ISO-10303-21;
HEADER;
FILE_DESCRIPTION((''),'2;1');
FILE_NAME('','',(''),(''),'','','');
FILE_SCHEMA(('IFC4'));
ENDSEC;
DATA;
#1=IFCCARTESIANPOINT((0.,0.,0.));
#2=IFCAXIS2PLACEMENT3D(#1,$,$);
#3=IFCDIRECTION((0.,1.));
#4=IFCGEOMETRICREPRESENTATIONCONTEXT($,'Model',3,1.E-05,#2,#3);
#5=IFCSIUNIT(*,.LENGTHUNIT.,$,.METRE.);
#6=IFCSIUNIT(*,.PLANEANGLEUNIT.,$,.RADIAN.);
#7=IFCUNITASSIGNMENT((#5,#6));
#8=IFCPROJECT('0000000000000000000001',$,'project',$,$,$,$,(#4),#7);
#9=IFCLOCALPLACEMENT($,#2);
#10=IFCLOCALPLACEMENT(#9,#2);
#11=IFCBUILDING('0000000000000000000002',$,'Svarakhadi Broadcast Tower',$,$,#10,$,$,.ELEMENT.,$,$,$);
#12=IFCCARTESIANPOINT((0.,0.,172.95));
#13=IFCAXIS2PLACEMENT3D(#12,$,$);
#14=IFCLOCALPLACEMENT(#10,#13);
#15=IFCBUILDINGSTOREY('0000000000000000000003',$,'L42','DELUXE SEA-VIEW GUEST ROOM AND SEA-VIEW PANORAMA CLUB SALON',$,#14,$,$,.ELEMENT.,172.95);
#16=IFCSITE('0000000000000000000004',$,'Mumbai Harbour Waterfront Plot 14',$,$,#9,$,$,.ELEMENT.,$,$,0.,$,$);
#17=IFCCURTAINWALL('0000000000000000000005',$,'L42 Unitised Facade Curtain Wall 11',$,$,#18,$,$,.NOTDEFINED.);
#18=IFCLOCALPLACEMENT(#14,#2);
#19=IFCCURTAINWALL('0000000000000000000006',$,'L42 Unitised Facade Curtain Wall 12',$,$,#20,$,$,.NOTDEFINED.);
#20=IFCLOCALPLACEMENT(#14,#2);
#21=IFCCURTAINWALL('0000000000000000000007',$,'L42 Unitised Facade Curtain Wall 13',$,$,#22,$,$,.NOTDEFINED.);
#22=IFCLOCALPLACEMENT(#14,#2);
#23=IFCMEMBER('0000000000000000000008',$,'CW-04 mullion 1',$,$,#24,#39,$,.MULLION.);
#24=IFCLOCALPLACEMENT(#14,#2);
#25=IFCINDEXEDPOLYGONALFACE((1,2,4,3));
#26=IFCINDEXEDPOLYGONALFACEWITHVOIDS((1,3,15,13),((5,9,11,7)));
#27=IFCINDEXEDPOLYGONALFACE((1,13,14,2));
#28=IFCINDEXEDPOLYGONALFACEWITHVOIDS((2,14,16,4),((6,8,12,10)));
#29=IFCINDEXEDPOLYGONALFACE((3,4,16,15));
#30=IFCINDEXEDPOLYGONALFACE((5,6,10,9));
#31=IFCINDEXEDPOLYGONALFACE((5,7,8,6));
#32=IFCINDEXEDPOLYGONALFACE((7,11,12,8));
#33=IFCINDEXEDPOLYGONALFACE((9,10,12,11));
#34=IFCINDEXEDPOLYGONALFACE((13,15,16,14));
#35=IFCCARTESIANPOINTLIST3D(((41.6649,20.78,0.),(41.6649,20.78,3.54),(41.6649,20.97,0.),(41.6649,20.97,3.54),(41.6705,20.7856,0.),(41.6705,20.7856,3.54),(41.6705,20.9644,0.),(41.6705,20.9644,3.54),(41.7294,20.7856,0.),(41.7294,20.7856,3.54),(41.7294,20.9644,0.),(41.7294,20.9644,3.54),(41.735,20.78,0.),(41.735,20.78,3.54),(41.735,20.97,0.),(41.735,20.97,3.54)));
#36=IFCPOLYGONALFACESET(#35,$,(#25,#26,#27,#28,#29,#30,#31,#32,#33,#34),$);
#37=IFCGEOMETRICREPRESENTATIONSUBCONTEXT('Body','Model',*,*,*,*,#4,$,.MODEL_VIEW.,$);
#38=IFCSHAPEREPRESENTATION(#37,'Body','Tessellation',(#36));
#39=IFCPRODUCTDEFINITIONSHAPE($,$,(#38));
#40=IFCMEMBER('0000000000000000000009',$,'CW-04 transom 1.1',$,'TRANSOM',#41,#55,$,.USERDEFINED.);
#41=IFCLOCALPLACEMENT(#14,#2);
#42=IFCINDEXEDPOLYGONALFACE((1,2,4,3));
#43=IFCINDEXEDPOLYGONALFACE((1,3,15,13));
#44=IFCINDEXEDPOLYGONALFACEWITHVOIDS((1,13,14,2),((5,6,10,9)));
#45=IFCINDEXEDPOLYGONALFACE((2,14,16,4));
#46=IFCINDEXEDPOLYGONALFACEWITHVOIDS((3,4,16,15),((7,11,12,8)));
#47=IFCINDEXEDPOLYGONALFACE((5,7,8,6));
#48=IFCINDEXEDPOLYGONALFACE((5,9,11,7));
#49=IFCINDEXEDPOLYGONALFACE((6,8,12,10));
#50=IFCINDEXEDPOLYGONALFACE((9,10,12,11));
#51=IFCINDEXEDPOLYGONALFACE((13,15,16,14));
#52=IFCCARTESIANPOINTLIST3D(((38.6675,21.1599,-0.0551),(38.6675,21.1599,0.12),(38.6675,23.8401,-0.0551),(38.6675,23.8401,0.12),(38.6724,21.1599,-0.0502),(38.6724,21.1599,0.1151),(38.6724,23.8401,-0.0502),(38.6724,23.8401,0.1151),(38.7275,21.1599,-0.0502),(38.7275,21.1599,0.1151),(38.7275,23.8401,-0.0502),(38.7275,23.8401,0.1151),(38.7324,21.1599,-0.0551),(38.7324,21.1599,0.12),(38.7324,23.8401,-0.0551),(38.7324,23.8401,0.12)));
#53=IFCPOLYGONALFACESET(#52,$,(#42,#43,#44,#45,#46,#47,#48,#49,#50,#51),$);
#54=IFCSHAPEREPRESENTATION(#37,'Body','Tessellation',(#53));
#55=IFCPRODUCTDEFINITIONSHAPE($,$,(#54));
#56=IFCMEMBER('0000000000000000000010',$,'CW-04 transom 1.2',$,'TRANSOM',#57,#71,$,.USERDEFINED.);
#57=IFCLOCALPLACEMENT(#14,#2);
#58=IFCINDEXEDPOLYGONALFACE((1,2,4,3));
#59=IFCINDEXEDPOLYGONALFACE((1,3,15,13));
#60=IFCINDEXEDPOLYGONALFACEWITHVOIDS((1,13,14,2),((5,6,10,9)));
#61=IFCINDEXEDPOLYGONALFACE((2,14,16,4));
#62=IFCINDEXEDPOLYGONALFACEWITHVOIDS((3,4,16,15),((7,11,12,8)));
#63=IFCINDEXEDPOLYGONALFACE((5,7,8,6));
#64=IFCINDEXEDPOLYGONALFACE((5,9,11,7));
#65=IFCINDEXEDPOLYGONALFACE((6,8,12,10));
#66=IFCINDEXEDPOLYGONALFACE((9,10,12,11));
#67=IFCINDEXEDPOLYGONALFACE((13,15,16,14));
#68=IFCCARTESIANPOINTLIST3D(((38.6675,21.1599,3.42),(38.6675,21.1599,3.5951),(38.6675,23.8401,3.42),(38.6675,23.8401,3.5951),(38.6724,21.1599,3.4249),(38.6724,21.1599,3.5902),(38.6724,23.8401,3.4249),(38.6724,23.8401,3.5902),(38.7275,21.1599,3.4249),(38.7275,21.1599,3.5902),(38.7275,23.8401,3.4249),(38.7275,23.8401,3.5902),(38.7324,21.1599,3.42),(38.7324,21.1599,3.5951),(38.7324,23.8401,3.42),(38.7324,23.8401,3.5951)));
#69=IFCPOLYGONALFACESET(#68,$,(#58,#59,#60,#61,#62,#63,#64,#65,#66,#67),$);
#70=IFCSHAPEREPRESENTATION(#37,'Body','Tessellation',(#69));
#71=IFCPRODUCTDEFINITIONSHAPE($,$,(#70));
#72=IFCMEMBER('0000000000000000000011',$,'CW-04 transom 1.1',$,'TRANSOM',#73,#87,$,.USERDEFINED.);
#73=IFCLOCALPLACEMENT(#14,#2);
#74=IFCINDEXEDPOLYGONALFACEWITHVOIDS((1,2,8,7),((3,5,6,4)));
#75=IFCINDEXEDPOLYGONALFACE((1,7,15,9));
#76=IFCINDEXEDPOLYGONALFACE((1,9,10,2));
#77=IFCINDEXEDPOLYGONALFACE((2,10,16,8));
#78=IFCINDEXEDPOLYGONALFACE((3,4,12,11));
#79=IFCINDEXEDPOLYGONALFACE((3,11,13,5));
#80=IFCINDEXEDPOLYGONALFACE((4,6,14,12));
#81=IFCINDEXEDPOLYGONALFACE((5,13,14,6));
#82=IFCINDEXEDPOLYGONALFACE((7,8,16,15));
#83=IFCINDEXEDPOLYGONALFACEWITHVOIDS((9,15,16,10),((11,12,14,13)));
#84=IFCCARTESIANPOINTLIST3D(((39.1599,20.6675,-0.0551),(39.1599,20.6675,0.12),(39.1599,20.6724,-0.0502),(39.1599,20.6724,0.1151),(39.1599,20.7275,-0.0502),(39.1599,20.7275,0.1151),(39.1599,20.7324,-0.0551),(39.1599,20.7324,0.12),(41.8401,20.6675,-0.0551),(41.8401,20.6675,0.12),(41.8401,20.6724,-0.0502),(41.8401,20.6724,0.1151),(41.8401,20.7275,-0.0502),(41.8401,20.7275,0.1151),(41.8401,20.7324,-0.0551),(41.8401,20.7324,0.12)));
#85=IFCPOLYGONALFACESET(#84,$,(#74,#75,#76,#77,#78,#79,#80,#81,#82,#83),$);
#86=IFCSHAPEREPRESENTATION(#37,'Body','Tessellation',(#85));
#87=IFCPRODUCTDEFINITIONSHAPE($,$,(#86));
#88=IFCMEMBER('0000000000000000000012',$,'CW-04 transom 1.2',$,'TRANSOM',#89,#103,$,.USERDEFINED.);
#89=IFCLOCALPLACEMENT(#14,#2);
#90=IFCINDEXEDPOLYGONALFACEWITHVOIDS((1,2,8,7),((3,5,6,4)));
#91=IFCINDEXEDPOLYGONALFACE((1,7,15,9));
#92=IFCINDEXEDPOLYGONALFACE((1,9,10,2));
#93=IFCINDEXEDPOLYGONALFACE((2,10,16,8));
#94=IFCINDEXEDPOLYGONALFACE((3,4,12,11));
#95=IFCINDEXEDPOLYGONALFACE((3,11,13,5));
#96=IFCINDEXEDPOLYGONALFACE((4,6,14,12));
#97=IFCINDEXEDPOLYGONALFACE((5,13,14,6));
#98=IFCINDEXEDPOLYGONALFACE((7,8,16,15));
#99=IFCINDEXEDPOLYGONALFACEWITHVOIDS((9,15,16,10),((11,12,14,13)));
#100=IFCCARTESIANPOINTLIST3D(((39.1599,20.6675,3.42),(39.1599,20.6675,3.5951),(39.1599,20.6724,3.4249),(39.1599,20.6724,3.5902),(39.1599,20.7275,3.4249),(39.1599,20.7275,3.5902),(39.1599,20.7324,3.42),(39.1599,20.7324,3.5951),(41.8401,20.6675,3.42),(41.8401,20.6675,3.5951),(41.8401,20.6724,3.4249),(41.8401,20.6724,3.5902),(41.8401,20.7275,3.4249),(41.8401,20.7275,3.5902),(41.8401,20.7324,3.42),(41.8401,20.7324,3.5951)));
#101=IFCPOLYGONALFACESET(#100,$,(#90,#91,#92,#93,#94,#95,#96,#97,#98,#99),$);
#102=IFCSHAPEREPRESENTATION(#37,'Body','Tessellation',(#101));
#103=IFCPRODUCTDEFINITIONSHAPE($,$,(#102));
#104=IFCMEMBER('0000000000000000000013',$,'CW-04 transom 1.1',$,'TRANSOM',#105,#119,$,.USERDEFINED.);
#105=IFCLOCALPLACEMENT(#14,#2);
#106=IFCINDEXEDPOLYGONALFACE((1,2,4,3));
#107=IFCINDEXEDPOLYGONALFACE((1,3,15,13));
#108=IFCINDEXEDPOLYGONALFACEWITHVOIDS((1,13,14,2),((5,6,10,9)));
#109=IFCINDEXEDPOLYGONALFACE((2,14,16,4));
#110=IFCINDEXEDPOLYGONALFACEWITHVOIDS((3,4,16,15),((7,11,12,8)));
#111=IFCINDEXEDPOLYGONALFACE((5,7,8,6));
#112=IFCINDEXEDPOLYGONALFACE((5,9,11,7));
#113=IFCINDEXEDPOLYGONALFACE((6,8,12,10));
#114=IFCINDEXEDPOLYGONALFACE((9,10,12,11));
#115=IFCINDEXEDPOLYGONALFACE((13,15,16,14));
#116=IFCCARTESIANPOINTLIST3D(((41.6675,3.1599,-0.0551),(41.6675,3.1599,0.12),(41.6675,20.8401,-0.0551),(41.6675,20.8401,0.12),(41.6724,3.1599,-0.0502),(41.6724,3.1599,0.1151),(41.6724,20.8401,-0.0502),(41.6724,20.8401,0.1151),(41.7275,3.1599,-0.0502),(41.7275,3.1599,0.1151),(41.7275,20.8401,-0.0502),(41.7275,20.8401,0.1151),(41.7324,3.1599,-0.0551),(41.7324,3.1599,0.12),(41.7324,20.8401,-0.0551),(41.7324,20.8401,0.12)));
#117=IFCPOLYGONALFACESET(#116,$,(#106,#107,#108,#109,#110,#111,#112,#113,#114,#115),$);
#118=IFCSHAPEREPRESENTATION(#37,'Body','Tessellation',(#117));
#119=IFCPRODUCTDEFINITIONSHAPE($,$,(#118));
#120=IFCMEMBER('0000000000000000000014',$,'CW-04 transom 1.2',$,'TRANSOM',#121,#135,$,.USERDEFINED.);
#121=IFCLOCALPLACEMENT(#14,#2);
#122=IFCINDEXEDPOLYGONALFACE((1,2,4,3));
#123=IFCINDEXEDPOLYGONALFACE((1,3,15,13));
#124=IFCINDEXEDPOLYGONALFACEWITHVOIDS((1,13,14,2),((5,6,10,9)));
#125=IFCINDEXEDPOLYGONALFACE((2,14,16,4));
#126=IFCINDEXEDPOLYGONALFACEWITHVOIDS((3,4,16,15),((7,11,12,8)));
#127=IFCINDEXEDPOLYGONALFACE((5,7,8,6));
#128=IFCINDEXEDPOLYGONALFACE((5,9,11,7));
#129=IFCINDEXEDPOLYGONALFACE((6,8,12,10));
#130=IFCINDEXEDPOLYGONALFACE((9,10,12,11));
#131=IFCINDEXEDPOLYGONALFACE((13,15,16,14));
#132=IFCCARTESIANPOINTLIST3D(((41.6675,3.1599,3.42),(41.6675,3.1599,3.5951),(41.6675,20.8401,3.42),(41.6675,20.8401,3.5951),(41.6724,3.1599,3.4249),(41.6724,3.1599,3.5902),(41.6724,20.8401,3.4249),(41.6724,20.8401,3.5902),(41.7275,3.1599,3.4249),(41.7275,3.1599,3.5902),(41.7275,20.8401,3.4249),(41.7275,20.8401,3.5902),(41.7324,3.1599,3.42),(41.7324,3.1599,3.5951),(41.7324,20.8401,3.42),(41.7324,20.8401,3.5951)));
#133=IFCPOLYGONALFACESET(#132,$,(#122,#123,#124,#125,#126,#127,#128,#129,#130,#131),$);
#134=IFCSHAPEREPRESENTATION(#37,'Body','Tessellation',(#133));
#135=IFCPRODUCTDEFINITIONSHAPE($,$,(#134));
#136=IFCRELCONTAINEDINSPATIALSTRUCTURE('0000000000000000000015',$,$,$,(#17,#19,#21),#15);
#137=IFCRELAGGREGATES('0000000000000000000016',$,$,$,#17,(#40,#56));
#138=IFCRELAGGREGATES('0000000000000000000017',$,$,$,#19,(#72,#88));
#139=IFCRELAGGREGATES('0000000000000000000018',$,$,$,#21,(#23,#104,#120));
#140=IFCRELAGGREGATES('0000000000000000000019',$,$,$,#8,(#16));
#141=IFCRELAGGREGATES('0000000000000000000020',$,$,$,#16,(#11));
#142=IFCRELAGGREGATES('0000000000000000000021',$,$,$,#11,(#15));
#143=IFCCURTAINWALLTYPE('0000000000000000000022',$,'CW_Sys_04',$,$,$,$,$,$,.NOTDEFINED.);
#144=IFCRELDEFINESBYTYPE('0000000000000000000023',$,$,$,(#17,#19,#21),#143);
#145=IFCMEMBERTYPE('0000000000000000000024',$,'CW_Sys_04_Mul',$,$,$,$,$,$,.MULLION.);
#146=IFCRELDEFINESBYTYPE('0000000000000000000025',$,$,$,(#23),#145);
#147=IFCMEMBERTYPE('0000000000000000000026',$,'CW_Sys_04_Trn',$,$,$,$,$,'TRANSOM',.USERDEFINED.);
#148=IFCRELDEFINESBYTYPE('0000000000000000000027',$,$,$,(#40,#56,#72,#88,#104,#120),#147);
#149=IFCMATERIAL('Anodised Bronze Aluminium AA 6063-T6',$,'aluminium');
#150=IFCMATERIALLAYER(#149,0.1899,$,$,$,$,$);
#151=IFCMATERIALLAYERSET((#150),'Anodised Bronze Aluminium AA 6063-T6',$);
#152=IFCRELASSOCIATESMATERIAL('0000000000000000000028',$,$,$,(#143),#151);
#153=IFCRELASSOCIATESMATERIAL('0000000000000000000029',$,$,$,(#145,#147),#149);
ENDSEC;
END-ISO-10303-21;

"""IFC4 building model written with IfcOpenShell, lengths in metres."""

from ifc_helpers import new_model, si_unit, direction, frame, origin, origin_2d, place, context, subcontext, project, spatial, hollow_rectangle, extrude, material, layer, layer_set, material_profile, profile_set, type_object, element, aggregate, save


model = new_model("IFC4")

# Units and contexts
model_context = context("Model", 3, precision=1e-05, world=origin(), true_north=direction((0.0, 1.0)))
body_context = subcontext(model_context, "Body", "Model", "MODEL_VIEW")
ifc_project = project(units=[si_unit("LENGTHUNIT", "METRE"), si_unit("PLANEANGLEUNIT", "RADIAN")], contexts=[model_context])

# Site, building, storey
site_placement = place(None, origin())
site = spatial("IfcSite", under=ifc_project, at=site_placement, Name="Mumbai Harbour Waterfront Plot 14", CompositionType="ELEMENT", RefElevation=0.0)
building_placement = place(site_placement, origin())
building = spatial("IfcBuilding", under=site, at=building_placement, Name="Svarakhadi Broadcast Tower", CompositionType="ELEMENT")
storey_placement = place(building_placement, frame((0.0, 0.0, 172.95)))
storey = spatial("IfcBuildingStorey", under=building, at=storey_placement, Name="L42", Description="DELUXE SEA-VIEW GUEST ROOM AND SEA-VIEW PANORAMA CLUB SALON", CompositionType="ELEMENT", Elevation=172.95)

# Shared definitions
ifc_material_1 = material(Name="Anodised Bronze Aluminium AA 6063-T6", Category="aluminium")
ifc_layer_1 = layer(ifc_material_1, 0.1899)
ifc_layer_set_1 = layer_set([ifc_layer_1], Name="Anodised Bronze Aluminium AA 6063-T6")
curtain_wall_type = type_object("IfcCurtainWallType", Name="CW_Sys_04", PredefinedType="NOTDEFINED", material=ifc_layer_set_1)
ifc_material_profile_1 = material_profile(ifc_material_1, hollow_rectangle(XDim=0.0701, YDim=0.1899, WallThickness=0.0056, at=origin_2d()), Name="ALU MULLION 190x70x6")
ifc_profile_set_1 = profile_set([ifc_material_profile_1], Name="Anodised Bronze Aluminium AA 6063-T6")
member_type_1 = type_object("IfcMemberType", Name="CW_Sys_04_Mul", PredefinedType="MULLION", material=ifc_profile_set_1)

# Curtain walls
curtain_wall_1_placement = place(storey_placement, origin())
curtain_wall_1 = element("IfcCurtainWall", 1, at=curtain_wall_1_placement, inside=storey, type_object=curtain_wall_type, Name="L42 Unitised Facade Curtain Wall 11", PredefinedType="NOTDEFINED")
curtain_wall_2_placement = place(storey_placement, origin())
curtain_wall_2 = element("IfcCurtainWall", 2, at=curtain_wall_2_placement, inside=storey, type_object=curtain_wall_type, Name="L42 Unitised Facade Curtain Wall 12", PredefinedType="NOTDEFINED")

# Curtain wall, member
curtain_wall_3_placement = place(storey_placement, origin())
curtain_wall_3 = element("IfcCurtainWall", 3, at=curtain_wall_3_placement, inside=storey, type_object=curtain_wall_type, Name="L42 Unitised Facade Curtain Wall 13", PredefinedType="NOTDEFINED")
member_1_placement = place(storey_placement, frame((41.7, 20.875, 0.0), z_axis=(0.0, 0.0, 1.0), x_axis=(1.0, 0.0, 0.0)))
member_1 = element("IfcMember", 4, at=member_1_placement, type_object=member_type_1, Name="CW-04 mullion 1", PredefinedType="MULLION", context=body_context, shape_type="SweptSolid", body=[
    extrude(hollow_rectangle(XDim=0.0701, YDim=0.1899, WallThickness=0.0056, at=origin_2d()), origin(), (0.0, 0.0, 1.0), 3.54),
])

# Members
ifc_material_profile_2 = material_profile(ifc_material_1, hollow_rectangle(XDim=0.0649, YDim=0.175, WallThickness=0.0049, at=origin_2d()), Name="ALU TRANSOM 175x65x5")
ifc_profile_set_2 = profile_set([ifc_material_profile_2], Name="Anodised Bronze Aluminium AA 6063-T6")
member_type_2 = type_object("IfcMemberType", Name="CW_Sys_04_Trn", ElementType="TRANSOM", PredefinedType="USERDEFINED", material=ifc_profile_set_2)
member_2_placement = place(storey_placement, frame((38.7, 23.8401, 0.0325), z_axis=(0.0, -1.0, 0.0), x_axis=(1.0, 0.0, 0.0)))
member_2 = element("IfcMember", 5, at=member_2_placement, type_object=member_type_2, Name="CW-04 transom 1.1", ObjectType="TRANSOM", PredefinedType="USERDEFINED", context=body_context, shape_type="SweptSolid", body=[
    extrude(hollow_rectangle(XDim=0.0649, YDim=0.175, WallThickness=0.0049, at=origin_2d()), origin(), (0.0, 0.0, 1.0), 2.6802),
])
member_3_placement = place(storey_placement, frame((38.7, 23.8401, 3.5076), z_axis=(0.0, -1.0, 0.0), x_axis=(1.0, 0.0, 0.0)))
member_3 = element("IfcMember", 6, at=member_3_placement, type_object=member_type_2, Name="CW-04 transom 1.2", ObjectType="TRANSOM", PredefinedType="USERDEFINED", context=body_context, shape_type="SweptSolid", body=[
    extrude(hollow_rectangle(XDim=0.0649, YDim=0.175, WallThickness=0.0049, at=origin_2d()), origin(), (0.0, 0.0, 1.0), 2.6802),
])
member_4_placement = place(storey_placement, frame((39.1599, 20.7, 0.0325), z_axis=(1.0, 0.0, 0.0), x_axis=(0.0, 1.0, 0.0)))
member_4 = element("IfcMember", 7, at=member_4_placement, type_object=member_type_2, Name="CW-04 transom 1.1", ObjectType="TRANSOM", PredefinedType="USERDEFINED", context=body_context, shape_type="SweptSolid", body=[
    extrude(hollow_rectangle(XDim=0.0649, YDim=0.175, WallThickness=0.0049, at=origin_2d()), origin(), (0.0, 0.0, 1.0), 2.6802),
])
member_5_placement = place(storey_placement, frame((39.1599, 20.7, 3.5076), z_axis=(1.0, 0.0, 0.0), x_axis=(0.0, 1.0, 0.0)))
member_5 = element("IfcMember", 8, at=member_5_placement, type_object=member_type_2, Name="CW-04 transom 1.2", ObjectType="TRANSOM", PredefinedType="USERDEFINED", context=body_context, shape_type="SweptSolid", body=[
    extrude(hollow_rectangle(XDim=0.0649, YDim=0.175, WallThickness=0.0049, at=origin_2d()), origin(), (0.0, 0.0, 1.0), 2.6802),
])
member_6_placement = place(storey_placement, frame((41.7, 20.8401, 0.0325), z_axis=(0.0, -1.0, 0.0), x_axis=(1.0, 0.0, 0.0)))
member_6 = element("IfcMember", 9, at=member_6_placement, type_object=member_type_2, Name="CW-04 transom 1.1", ObjectType="TRANSOM", PredefinedType="USERDEFINED", context=body_context, shape_type="SweptSolid", body=[
    extrude(hollow_rectangle(XDim=0.0649, YDim=0.175, WallThickness=0.0049, at=origin_2d()), origin(), (0.0, 0.0, 1.0), 17.6802),
])
member_7_placement = place(storey_placement, frame((41.7, 20.8401, 3.5076), z_axis=(0.0, -1.0, 0.0), x_axis=(1.0, 0.0, 0.0)))
member_7 = element("IfcMember", 10, at=member_7_placement, type_object=member_type_2, Name="CW-04 transom 1.2", ObjectType="TRANSOM", PredefinedType="USERDEFINED", context=body_context, shape_type="SweptSolid", body=[
    extrude(hollow_rectangle(XDim=0.0649, YDim=0.175, WallThickness=0.0049, at=origin_2d()), origin(), (0.0, 0.0, 1.0), 17.6802),
])

aggregate(curtain_wall_1, [member_2, member_3])
aggregate(curtain_wall_2, [member_4, member_5])
aggregate(curtain_wall_3, [member_1, member_6, member_7])

save(model, "model.ifc")
